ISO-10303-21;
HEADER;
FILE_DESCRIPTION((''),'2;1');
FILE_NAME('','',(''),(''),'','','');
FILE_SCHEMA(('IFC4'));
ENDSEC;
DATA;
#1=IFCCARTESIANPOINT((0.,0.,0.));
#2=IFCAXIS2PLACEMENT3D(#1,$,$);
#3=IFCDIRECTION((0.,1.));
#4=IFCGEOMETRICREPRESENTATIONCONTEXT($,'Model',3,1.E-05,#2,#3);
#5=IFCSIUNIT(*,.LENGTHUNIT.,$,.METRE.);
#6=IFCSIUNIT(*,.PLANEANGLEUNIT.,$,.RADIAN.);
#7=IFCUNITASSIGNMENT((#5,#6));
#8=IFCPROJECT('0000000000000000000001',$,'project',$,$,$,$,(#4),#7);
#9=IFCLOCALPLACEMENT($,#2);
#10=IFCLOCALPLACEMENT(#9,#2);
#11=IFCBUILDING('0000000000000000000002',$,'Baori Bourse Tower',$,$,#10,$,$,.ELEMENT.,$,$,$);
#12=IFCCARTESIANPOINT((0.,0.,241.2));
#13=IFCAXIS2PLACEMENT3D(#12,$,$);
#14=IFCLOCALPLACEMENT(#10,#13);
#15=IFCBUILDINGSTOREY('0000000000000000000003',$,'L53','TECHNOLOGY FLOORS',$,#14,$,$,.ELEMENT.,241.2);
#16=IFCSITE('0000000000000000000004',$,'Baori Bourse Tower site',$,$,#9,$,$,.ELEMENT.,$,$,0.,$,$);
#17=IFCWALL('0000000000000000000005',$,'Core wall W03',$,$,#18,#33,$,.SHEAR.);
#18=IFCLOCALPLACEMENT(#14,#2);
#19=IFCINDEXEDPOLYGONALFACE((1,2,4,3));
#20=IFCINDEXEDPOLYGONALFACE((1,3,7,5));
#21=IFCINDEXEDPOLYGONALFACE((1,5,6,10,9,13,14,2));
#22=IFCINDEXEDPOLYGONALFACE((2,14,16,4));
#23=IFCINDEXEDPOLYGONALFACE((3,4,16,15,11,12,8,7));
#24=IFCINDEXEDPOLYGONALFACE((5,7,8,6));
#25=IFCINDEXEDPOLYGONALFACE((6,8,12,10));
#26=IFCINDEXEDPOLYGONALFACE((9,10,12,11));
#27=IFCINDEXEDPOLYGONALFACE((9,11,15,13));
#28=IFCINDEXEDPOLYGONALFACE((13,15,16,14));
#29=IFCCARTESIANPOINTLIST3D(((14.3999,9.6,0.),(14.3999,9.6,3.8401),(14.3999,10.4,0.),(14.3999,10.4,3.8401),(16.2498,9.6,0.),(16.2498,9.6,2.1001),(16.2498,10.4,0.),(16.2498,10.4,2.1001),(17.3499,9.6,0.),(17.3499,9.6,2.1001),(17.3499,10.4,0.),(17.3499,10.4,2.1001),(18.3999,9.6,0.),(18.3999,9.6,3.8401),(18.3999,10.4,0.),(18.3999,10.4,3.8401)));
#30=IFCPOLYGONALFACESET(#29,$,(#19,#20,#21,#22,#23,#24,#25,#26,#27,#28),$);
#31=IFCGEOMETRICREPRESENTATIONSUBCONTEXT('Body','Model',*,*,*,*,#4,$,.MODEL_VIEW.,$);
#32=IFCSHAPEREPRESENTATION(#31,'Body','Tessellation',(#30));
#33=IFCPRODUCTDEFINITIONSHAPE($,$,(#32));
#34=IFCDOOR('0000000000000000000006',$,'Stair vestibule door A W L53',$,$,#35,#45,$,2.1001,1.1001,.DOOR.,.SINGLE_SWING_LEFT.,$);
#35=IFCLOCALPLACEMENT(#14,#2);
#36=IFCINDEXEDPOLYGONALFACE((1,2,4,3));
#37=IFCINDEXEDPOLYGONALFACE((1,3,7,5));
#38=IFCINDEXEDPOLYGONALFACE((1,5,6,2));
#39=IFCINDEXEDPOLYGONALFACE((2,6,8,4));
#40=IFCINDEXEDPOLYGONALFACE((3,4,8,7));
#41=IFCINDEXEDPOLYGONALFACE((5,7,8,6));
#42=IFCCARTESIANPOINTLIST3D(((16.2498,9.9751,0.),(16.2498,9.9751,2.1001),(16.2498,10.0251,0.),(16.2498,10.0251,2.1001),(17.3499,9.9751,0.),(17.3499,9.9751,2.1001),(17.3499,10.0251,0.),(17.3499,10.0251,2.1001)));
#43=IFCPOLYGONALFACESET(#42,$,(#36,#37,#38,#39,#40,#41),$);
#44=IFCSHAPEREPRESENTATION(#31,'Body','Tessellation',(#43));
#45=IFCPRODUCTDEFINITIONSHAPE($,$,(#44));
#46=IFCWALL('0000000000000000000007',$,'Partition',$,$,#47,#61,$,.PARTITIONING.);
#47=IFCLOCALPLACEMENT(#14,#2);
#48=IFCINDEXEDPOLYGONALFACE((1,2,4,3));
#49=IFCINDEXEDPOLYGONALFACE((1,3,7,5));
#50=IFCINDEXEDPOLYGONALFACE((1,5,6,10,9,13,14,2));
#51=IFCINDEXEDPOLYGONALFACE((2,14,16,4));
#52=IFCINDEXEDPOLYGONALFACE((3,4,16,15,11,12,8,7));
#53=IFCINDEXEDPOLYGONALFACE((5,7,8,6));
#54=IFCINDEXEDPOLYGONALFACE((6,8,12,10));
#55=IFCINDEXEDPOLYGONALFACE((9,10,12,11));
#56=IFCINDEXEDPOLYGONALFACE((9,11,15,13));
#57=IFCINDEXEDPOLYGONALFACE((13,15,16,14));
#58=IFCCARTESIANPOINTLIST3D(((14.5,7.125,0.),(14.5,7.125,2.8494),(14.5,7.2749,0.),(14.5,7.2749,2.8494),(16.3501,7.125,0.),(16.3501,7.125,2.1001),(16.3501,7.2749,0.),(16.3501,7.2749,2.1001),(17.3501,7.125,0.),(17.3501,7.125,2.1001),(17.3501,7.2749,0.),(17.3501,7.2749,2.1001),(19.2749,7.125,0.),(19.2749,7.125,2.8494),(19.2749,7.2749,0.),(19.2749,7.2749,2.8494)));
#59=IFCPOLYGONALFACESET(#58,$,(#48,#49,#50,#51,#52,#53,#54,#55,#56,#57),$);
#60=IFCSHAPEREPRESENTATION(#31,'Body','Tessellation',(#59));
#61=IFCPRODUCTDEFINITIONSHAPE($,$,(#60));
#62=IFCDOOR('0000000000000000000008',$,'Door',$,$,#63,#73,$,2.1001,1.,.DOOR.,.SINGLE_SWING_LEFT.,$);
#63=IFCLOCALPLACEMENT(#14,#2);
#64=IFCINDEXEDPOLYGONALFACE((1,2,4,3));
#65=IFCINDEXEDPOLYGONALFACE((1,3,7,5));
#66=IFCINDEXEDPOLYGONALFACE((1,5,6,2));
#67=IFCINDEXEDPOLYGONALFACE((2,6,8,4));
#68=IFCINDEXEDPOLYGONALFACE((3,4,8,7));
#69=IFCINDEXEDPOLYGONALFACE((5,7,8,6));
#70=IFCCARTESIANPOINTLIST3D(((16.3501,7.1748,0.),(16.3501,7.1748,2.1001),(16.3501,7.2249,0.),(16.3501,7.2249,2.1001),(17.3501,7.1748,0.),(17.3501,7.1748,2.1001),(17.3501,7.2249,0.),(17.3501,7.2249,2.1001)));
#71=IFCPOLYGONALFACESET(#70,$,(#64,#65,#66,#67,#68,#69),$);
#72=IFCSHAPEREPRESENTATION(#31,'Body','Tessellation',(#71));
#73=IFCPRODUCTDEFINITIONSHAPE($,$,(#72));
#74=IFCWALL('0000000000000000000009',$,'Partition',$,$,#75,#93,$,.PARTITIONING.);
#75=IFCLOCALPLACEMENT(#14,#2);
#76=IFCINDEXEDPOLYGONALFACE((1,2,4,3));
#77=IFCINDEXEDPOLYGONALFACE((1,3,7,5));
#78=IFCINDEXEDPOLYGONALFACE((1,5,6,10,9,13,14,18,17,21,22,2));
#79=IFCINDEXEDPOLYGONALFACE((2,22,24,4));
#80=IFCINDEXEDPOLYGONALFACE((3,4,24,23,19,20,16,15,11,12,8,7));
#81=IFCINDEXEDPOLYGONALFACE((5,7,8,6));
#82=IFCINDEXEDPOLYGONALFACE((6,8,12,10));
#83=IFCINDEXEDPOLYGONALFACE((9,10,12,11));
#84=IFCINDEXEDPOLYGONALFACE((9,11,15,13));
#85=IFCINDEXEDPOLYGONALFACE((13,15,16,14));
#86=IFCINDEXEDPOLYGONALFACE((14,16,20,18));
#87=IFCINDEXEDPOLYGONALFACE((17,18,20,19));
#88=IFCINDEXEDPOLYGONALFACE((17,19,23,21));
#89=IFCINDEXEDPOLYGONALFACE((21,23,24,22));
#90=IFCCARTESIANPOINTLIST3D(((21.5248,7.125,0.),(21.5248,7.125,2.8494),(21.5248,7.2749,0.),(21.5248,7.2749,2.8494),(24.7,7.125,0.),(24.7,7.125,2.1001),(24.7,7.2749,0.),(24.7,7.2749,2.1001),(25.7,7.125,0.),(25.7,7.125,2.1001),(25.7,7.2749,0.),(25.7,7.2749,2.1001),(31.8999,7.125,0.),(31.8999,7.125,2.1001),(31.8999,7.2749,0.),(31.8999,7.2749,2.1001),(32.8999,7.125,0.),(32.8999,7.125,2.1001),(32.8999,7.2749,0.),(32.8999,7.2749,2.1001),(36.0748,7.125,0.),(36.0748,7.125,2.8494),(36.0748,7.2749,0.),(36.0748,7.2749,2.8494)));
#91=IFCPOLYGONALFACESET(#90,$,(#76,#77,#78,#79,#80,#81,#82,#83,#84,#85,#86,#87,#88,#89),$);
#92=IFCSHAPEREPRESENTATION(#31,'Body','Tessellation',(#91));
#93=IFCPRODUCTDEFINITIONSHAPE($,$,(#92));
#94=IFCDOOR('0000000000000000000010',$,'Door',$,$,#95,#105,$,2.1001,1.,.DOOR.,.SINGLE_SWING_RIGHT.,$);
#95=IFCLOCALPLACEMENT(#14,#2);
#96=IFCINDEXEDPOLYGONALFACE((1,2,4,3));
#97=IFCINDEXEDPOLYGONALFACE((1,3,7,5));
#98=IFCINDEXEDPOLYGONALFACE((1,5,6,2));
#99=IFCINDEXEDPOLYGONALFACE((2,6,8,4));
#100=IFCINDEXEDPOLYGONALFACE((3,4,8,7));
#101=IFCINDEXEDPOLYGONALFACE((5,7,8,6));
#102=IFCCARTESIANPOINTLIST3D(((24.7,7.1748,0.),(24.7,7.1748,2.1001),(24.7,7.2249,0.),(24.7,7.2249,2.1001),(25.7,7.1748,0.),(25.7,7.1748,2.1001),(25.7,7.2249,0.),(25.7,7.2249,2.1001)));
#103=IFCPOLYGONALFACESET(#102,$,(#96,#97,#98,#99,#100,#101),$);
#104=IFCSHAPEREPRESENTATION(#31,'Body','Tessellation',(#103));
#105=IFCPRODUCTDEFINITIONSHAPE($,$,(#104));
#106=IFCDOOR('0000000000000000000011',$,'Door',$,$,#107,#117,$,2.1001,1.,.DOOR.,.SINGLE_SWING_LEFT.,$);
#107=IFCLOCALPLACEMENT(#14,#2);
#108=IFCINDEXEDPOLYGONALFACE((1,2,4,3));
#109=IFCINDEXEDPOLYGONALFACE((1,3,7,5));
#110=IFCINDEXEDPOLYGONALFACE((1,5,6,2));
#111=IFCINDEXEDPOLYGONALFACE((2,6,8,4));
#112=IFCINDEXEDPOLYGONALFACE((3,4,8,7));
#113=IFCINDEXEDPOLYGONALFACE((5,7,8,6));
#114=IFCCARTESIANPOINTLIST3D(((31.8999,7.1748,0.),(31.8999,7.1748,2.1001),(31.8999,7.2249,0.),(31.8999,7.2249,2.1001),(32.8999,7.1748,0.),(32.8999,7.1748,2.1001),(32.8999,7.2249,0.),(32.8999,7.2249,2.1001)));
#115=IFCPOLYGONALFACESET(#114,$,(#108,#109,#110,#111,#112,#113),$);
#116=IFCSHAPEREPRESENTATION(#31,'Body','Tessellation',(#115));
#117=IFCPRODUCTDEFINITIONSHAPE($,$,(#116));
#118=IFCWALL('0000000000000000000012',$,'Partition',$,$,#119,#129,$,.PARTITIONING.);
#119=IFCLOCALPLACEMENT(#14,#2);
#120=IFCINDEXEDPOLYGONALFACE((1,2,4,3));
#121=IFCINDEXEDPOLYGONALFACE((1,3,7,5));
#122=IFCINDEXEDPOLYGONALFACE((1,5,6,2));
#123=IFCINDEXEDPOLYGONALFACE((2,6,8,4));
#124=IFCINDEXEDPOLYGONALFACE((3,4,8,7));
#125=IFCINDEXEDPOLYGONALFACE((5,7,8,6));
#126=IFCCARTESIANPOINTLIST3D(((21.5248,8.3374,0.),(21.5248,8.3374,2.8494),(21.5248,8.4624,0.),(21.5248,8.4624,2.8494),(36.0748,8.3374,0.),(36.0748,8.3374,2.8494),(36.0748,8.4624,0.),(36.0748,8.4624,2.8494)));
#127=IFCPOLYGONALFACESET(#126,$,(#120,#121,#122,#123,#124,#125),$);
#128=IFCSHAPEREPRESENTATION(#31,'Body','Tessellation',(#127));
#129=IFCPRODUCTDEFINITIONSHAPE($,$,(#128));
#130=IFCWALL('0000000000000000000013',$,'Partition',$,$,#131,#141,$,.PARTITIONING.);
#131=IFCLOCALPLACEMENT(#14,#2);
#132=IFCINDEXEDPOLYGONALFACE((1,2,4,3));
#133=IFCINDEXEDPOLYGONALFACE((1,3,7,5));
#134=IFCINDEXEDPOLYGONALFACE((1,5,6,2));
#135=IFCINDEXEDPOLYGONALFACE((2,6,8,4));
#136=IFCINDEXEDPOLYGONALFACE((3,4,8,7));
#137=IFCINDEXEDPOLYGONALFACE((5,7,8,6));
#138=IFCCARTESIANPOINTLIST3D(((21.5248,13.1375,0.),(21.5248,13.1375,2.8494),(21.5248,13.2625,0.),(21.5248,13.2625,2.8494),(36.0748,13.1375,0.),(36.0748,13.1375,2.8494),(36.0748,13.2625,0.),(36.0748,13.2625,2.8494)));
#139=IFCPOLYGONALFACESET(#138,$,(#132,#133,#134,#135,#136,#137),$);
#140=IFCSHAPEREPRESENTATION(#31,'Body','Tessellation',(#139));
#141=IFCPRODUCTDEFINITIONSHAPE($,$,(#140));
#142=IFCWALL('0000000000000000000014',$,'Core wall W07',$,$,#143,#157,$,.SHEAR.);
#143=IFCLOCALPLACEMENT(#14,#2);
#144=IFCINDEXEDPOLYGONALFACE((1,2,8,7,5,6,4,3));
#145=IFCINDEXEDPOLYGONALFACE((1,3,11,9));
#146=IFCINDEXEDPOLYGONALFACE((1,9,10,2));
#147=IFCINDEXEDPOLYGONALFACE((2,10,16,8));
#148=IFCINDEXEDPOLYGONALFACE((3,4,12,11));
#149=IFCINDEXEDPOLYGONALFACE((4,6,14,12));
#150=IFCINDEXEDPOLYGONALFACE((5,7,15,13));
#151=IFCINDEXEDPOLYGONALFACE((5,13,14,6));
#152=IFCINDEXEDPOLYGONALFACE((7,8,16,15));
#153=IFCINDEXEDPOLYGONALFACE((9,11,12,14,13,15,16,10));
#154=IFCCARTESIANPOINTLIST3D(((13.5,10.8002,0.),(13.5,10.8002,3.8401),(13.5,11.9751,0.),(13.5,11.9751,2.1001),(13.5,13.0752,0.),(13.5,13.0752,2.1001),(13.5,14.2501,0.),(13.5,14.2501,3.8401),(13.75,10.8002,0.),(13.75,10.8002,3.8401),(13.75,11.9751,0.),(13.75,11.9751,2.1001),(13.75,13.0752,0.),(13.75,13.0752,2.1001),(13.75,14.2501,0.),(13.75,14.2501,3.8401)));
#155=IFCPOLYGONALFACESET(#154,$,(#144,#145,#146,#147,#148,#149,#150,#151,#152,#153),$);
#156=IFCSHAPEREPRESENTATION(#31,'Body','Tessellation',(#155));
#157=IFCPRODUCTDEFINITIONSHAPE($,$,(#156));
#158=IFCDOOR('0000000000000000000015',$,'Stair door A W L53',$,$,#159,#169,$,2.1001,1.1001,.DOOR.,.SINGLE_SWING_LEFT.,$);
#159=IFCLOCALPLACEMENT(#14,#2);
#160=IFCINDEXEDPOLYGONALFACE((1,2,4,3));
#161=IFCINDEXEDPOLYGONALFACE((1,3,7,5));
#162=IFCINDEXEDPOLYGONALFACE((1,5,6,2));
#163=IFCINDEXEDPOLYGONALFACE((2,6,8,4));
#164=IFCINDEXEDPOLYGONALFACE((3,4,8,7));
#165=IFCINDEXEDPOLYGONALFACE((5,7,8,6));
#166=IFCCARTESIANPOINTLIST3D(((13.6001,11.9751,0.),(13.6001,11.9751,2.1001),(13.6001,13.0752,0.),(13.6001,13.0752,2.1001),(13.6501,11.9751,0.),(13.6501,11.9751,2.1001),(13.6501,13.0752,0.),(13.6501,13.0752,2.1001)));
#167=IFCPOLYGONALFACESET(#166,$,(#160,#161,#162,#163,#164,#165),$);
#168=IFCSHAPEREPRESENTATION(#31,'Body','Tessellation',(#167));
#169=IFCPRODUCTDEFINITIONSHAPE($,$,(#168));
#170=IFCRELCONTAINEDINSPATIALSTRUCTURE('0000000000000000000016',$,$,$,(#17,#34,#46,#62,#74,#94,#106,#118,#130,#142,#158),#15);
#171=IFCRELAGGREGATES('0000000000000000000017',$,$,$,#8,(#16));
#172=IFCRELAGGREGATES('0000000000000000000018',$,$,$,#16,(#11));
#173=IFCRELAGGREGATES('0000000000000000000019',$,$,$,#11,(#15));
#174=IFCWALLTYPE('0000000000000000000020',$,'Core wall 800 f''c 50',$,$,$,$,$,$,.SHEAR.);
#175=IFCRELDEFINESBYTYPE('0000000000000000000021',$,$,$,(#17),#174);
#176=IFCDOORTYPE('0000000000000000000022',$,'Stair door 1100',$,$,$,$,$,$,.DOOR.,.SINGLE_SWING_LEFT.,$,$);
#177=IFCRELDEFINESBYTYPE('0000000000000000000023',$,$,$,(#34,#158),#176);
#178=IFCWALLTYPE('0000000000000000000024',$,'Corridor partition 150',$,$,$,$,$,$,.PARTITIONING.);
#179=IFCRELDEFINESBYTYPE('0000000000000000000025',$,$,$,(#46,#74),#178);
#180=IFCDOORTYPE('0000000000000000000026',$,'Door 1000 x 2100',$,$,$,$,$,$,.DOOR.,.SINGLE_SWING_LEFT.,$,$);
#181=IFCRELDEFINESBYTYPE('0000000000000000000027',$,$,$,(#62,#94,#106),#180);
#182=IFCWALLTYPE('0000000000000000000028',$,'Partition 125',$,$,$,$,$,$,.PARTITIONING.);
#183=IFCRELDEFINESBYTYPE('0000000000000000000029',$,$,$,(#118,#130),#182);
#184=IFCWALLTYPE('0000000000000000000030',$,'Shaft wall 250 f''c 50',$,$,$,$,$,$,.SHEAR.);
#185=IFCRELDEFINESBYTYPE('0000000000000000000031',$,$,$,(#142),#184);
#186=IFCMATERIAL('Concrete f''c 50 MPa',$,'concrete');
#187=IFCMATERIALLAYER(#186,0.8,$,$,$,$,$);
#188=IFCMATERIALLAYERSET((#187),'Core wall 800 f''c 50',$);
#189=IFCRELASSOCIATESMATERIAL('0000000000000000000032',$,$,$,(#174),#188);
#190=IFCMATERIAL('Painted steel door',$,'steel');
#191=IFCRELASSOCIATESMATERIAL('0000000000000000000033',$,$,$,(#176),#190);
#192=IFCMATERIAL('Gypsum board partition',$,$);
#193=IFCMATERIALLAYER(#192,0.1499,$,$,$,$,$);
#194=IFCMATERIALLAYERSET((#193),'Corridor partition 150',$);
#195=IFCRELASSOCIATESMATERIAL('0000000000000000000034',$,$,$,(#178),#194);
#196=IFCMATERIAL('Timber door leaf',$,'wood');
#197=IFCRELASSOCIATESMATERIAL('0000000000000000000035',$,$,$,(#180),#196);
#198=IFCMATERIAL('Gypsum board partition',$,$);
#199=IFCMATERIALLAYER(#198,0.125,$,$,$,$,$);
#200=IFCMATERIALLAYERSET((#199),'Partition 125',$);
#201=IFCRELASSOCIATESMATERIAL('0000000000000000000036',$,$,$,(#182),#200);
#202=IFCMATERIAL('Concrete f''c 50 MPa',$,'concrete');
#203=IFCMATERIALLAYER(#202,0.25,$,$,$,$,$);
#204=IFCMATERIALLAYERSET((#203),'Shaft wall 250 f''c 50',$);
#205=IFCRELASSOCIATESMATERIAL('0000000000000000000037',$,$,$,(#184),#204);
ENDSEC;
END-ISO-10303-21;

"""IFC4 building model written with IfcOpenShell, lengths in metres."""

from ifc_helpers import new_model, si_unit, direction, frame, frame_2d, origin, place, context, subcontext, project, spatial, rectangle, extrude, material, layer, layer_set, type_object, element, fill, save


model = new_model("IFC4")

# Units and contexts
model_context = context("Model", 3, precision=1e-05, world=origin(), true_north=direction((0.0, 1.0)))
body_context = subcontext(model_context, "Body", "Model", "MODEL_VIEW")
ifc_project = project(units=[si_unit("LENGTHUNIT", "METRE"), si_unit("PLANEANGLEUNIT", "RADIAN")], contexts=[model_context])

# Site, building, storey
site_placement = place(None, origin())
site = spatial("IfcSite", under=ifc_project, at=site_placement, Name="Baori Bourse Tower site", CompositionType="ELEMENT", RefElevation=0.0)
building_placement = place(site_placement, origin())
building = spatial("IfcBuilding", under=site, at=building_placement, Name="Baori Bourse Tower", CompositionType="ELEMENT")
storey_placement = place(building_placement, frame((0.0, 0.0, 241.2)))
storey = spatial("IfcBuildingStorey", under=building, at=storey_placement, Name="L53", Description="TECHNOLOGY FLOORS", CompositionType="ELEMENT", Elevation=241.2)

# Shared definitions
ifc_material_1 = material(Name="Concrete f'c 50 MPa", Category="concrete")
ifc_layer_1 = layer(ifc_material_1, 0.8)
ifc_layer_set_1 = layer_set([ifc_layer_1], Name="Core wall 800 f'c 50")
wall_type_1 = type_object("IfcWallType", Name="Core wall 800 f'c 50", PredefinedType="SHEAR", material=ifc_layer_set_1)

# Walls, openings, doors
wall_1_placement = place(storey_placement, frame((18.3999, 10.0, 0.0), z_axis=(0.0, 0.0, 1.0), x_axis=(-1.0, 0.0, 0.0)))
wall_1 = element("IfcWall", 1, at=wall_1_placement, inside=storey, type_object=wall_type_1, Name="Core wall W03", PredefinedType="SHEAR", context=body_context, shape_type="SweptSolid", body=[
    extrude(rectangle(XDim=4.0, YDim=0.8, at=frame_2d((2.0, 0.0))), origin(), (0.0, 0.0, 1.0), 3.8401),
])
opening_1_placement = place(wall_1_placement, frame((1.05, 0.0, 0.0)))
opening_1 = element("IfcOpeningElement", 2, at=opening_1_placement, cuts=wall_1, PredefinedType="OPENING", context=body_context, shape_type="SweptSolid", body=[
    extrude(rectangle(XDim=1.1001, YDim=2.1001, at=frame_2d((0.55, 1.05))), frame((0.0, 0.4099, 0.0), z_axis=(0.0, -1.0, 0.0), x_axis=(1.0, 0.0, 0.0)), (0.0, 0.0, 1.0), 0.8201),
])
ifc_material_2 = material(Name="Painted steel door", Category="steel")
door_type_1 = type_object("IfcDoorType", Name="Stair door 1100", OperationType="SINGLE_SWING_LEFT", PredefinedType="DOOR", material=ifc_material_2)
door_1_placement = place(opening_1_placement, origin())
door_1 = element("IfcDoor", 3, at=door_1_placement, inside=storey, type_object=door_type_1, Name="Stair vestibule door A W L53", OperationType="SINGLE_SWING_LEFT", OverallHeight=2.1001, OverallWidth=1.1001, PredefinedType="DOOR", context=body_context, shape_type="SweptSolid", body=[
    extrude(rectangle(XDim=1.1001, YDim=2.1001, at=frame_2d((0.55, 1.05))), frame((0.0, 0.0249, 0.0), z_axis=(0.0, -1.0, 0.0), x_axis=(1.0, 0.0, 0.0)), (0.0, 0.0, 1.0), 0.05),
])
fill(opening_1, door_1)
ifc_material_3 = material(Name="Gypsum board partition")
ifc_layer_2 = layer(ifc_material_3, 0.1499)
ifc_layer_set_2 = layer_set([ifc_layer_2], Name="Corridor partition 150")
wall_type_2 = type_object("IfcWallType", Name="Corridor partition 150", PredefinedType="PARTITIONING", material=ifc_layer_set_2)
wall_2_placement = place(storey_placement, frame((14.5, 7.2, 0.0), z_axis=(0.0, 0.0, 1.0), x_axis=(1.0, 0.0, 0.0)))
wall_2 = element("IfcWall", 4, at=wall_2_placement, inside=storey, type_object=wall_type_2, Name="Partition", PredefinedType="PARTITIONING", context=body_context, shape_type="SweptSolid", body=[
    extrude(rectangle(XDim=4.7749, YDim=0.1499, at=frame_2d((2.3875, 0.0))), origin(), (0.0, 0.0, 1.0), 2.8494),
])
opening_2_placement = place(wall_2_placement, frame((1.8501, 0.0, 0.0)))
opening_2 = element("IfcOpeningElement", 5, at=opening_2_placement, cuts=wall_2, PredefinedType="OPENING", context=body_context, shape_type="SweptSolid", body=[
    extrude(rectangle(XDim=1.0, YDim=2.1001, at=frame_2d((0.5, 1.05))), frame((0.0, 0.085, 0.0), z_axis=(0.0, -1.0, 0.0), x_axis=(1.0, 0.0, 0.0)), (0.0, 0.0, 1.0), 0.1699),
])
ifc_material_4 = material(Name="Timber door leaf", Category="wood")
door_type_2 = type_object("IfcDoorType", Name="Door 1000 x 2100", OperationType="SINGLE_SWING_LEFT", PredefinedType="DOOR", material=ifc_material_4)
door_2_placement = place(opening_2_placement, origin())
door_2 = element("IfcDoor", 6, at=door_2_placement, inside=storey, type_object=door_type_2, Name="Door", OperationType="SINGLE_SWING_LEFT", OverallHeight=2.1001, OverallWidth=1.0, PredefinedType="DOOR", context=body_context, shape_type="SweptSolid", body=[
    extrude(rectangle(XDim=1.0, YDim=2.1001, at=frame_2d((0.5, 1.05))), frame((0.0, 0.0249, 0.0), z_axis=(0.0, -1.0, 0.0), x_axis=(1.0, 0.0, 0.0)), (0.0, 0.0, 1.0), 0.05),
])
fill(opening_2, door_2)

# Wall, openings, doors
wall_3_placement = place(storey_placement, frame((21.5249, 7.2, 0.0), z_axis=(0.0, 0.0, 1.0), x_axis=(1.0, 0.0, 0.0)))
wall_3 = element("IfcWall", 7, at=wall_3_placement, inside=storey, type_object=wall_type_2, Name="Partition", PredefinedType="PARTITIONING", context=body_context, shape_type="SweptSolid", body=[
    extrude(rectangle(XDim=14.55, YDim=0.1499, at=frame_2d((7.2749, 0.0))), origin(), (0.0, 0.0, 1.0), 2.8494),
])
opening_3_placement = place(wall_3_placement, frame((3.175, 0.0, 0.0)))
opening_3 = element("IfcOpeningElement", 8, at=opening_3_placement, cuts=wall_3, PredefinedType="OPENING", context=body_context, shape_type="SweptSolid", body=[
    extrude(rectangle(XDim=1.0, YDim=2.1001, at=frame_2d((0.5, 1.05))), frame((0.0, 0.085, 0.0), z_axis=(0.0, -1.0, 0.0), x_axis=(1.0, 0.0, 0.0)), (0.0, 0.0, 1.0), 0.1699),
])
opening_4_placement = place(wall_3_placement, frame((10.375, 0.0, 0.0)))
opening_4 = element("IfcOpeningElement", 9, at=opening_4_placement, cuts=wall_3, PredefinedType="OPENING", context=body_context, shape_type="SweptSolid", body=[
    extrude(rectangle(XDim=1.0, YDim=2.1001, at=frame_2d((0.5, 1.05))), frame((0.0, 0.085, 0.0), z_axis=(0.0, -1.0, 0.0), x_axis=(1.0, 0.0, 0.0)), (0.0, 0.0, 1.0), 0.1699),
])
door_3_placement = place(opening_3_placement, origin())
door_3 = element("IfcDoor", 10, at=door_3_placement, inside=storey, type_object=door_type_2, Name="Door", OperationType="SINGLE_SWING_RIGHT", OverallHeight=2.1001, OverallWidth=1.0, PredefinedType="DOOR", context=body_context, shape_type="SweptSolid", body=[
    extrude(rectangle(XDim=1.0, YDim=2.1001, at=frame_2d((0.5, 1.05))), frame((0.0, 0.0249, 0.0), z_axis=(0.0, -1.0, 0.0), x_axis=(1.0, 0.0, 0.0)), (0.0, 0.0, 1.0), 0.05),
])
fill(opening_3, door_3)
door_4_placement = place(opening_4_placement, origin())
door_4 = element("IfcDoor", 11, at=door_4_placement, inside=storey, type_object=door_type_2, Name="Door", OperationType="SINGLE_SWING_LEFT", OverallHeight=2.1001, OverallWidth=1.0, PredefinedType="DOOR", context=body_context, shape_type="SweptSolid", body=[
    extrude(rectangle(XDim=1.0, YDim=2.1001, at=frame_2d((0.5, 1.05))), frame((0.0, 0.0249, 0.0), z_axis=(0.0, -1.0, 0.0), x_axis=(1.0, 0.0, 0.0)), (0.0, 0.0, 1.0), 0.05),
])
fill(opening_4, door_4)

# Walls
ifc_material_5 = material(Name="Gypsum board partition")
ifc_layer_3 = layer(ifc_material_5, 0.125)
ifc_layer_set_3 = layer_set([ifc_layer_3], Name="Partition 125")
wall_type_3 = type_object("IfcWallType", Name="Partition 125", PredefinedType="PARTITIONING", material=ifc_layer_set_3)
for number, where, z_axis, x_axis, name in (
    (12, (21.5249, 8.3999, 0.0), (0.0, 0.0, 1.0), (1.0, 0.0, 0.0), "Partition"),
    (13, (21.5249, 13.2, 0.0), (0.0, 0.0, 1.0), (1.0, 0.0, 0.0), "Partition"),
):
    element("IfcWall", number, at=place(storey_placement, frame(where, z_axis=z_axis, x_axis=x_axis)), inside=storey, type_object=wall_type_3, Name=name, PredefinedType="PARTITIONING", context=body_context, shape_type="SweptSolid", body=[
        extrude(rectangle(XDim=14.55, YDim=0.125, at=frame_2d((7.2749, 0.0))), origin(), (0.0, 0.0, 1.0), 2.8494),
    ])

# Wall, opening, door
ifc_material_6 = material(Name="Concrete f'c 50 MPa", Category="concrete")
ifc_layer_4 = layer(ifc_material_6, 0.25)
ifc_layer_set_4 = layer_set([ifc_layer_4], Name="Shaft wall 250 f'c 50")
wall_type_4 = type_object("IfcWallType", Name="Shaft wall 250 f'c 50", PredefinedType="SHEAR", material=ifc_layer_set_4)
wall_4_placement = place(storey_placement, frame((13.625, 10.8, 0.0), z_axis=(0.0, 0.0, 1.0), x_axis=(0.0, 1.0, 0.0)))
wall_4 = element("IfcWall", 14, at=wall_4_placement, inside=storey, type_object=wall_type_4, Name="Core wall W07", PredefinedType="SHEAR", context=body_context, shape_type="SweptSolid", body=[
    extrude(rectangle(XDim=3.45, YDim=0.25, at=frame_2d((1.7251, 0.0))), origin(), (0.0, 0.0, 1.0), 3.8401),
])
opening_5_placement = place(wall_4_placement, frame((1.175, 0.0, 0.0)))
opening_5 = element("IfcOpeningElement", 15, at=opening_5_placement, cuts=wall_4, PredefinedType="OPENING", context=body_context, shape_type="SweptSolid", body=[
    extrude(rectangle(XDim=1.1001, YDim=2.1001, at=frame_2d((0.55, 1.05))), frame((0.0, 0.135, 0.0), z_axis=(0.0, -1.0, 0.0), x_axis=(1.0, 0.0, 0.0)), (0.0, 0.0, 1.0), 0.27),
])
door_5_placement = place(opening_5_placement, origin())
door_5 = element("IfcDoor", 16, at=door_5_placement, inside=storey, type_object=door_type_1, Name="Stair door A W L53", OperationType="SINGLE_SWING_LEFT", OverallHeight=2.1001, OverallWidth=1.1001, PredefinedType="DOOR", context=body_context, shape_type="SweptSolid", body=[
    extrude(rectangle(XDim=1.1001, YDim=2.1001, at=frame_2d((0.55, 1.05))), frame((0.0, 0.0249, 0.0), z_axis=(0.0, -1.0, 0.0), x_axis=(1.0, 0.0, 0.0)), (0.0, 0.0, 1.0), 0.05),
])
fill(opening_5, door_5)

save(model, "model.ifc")
